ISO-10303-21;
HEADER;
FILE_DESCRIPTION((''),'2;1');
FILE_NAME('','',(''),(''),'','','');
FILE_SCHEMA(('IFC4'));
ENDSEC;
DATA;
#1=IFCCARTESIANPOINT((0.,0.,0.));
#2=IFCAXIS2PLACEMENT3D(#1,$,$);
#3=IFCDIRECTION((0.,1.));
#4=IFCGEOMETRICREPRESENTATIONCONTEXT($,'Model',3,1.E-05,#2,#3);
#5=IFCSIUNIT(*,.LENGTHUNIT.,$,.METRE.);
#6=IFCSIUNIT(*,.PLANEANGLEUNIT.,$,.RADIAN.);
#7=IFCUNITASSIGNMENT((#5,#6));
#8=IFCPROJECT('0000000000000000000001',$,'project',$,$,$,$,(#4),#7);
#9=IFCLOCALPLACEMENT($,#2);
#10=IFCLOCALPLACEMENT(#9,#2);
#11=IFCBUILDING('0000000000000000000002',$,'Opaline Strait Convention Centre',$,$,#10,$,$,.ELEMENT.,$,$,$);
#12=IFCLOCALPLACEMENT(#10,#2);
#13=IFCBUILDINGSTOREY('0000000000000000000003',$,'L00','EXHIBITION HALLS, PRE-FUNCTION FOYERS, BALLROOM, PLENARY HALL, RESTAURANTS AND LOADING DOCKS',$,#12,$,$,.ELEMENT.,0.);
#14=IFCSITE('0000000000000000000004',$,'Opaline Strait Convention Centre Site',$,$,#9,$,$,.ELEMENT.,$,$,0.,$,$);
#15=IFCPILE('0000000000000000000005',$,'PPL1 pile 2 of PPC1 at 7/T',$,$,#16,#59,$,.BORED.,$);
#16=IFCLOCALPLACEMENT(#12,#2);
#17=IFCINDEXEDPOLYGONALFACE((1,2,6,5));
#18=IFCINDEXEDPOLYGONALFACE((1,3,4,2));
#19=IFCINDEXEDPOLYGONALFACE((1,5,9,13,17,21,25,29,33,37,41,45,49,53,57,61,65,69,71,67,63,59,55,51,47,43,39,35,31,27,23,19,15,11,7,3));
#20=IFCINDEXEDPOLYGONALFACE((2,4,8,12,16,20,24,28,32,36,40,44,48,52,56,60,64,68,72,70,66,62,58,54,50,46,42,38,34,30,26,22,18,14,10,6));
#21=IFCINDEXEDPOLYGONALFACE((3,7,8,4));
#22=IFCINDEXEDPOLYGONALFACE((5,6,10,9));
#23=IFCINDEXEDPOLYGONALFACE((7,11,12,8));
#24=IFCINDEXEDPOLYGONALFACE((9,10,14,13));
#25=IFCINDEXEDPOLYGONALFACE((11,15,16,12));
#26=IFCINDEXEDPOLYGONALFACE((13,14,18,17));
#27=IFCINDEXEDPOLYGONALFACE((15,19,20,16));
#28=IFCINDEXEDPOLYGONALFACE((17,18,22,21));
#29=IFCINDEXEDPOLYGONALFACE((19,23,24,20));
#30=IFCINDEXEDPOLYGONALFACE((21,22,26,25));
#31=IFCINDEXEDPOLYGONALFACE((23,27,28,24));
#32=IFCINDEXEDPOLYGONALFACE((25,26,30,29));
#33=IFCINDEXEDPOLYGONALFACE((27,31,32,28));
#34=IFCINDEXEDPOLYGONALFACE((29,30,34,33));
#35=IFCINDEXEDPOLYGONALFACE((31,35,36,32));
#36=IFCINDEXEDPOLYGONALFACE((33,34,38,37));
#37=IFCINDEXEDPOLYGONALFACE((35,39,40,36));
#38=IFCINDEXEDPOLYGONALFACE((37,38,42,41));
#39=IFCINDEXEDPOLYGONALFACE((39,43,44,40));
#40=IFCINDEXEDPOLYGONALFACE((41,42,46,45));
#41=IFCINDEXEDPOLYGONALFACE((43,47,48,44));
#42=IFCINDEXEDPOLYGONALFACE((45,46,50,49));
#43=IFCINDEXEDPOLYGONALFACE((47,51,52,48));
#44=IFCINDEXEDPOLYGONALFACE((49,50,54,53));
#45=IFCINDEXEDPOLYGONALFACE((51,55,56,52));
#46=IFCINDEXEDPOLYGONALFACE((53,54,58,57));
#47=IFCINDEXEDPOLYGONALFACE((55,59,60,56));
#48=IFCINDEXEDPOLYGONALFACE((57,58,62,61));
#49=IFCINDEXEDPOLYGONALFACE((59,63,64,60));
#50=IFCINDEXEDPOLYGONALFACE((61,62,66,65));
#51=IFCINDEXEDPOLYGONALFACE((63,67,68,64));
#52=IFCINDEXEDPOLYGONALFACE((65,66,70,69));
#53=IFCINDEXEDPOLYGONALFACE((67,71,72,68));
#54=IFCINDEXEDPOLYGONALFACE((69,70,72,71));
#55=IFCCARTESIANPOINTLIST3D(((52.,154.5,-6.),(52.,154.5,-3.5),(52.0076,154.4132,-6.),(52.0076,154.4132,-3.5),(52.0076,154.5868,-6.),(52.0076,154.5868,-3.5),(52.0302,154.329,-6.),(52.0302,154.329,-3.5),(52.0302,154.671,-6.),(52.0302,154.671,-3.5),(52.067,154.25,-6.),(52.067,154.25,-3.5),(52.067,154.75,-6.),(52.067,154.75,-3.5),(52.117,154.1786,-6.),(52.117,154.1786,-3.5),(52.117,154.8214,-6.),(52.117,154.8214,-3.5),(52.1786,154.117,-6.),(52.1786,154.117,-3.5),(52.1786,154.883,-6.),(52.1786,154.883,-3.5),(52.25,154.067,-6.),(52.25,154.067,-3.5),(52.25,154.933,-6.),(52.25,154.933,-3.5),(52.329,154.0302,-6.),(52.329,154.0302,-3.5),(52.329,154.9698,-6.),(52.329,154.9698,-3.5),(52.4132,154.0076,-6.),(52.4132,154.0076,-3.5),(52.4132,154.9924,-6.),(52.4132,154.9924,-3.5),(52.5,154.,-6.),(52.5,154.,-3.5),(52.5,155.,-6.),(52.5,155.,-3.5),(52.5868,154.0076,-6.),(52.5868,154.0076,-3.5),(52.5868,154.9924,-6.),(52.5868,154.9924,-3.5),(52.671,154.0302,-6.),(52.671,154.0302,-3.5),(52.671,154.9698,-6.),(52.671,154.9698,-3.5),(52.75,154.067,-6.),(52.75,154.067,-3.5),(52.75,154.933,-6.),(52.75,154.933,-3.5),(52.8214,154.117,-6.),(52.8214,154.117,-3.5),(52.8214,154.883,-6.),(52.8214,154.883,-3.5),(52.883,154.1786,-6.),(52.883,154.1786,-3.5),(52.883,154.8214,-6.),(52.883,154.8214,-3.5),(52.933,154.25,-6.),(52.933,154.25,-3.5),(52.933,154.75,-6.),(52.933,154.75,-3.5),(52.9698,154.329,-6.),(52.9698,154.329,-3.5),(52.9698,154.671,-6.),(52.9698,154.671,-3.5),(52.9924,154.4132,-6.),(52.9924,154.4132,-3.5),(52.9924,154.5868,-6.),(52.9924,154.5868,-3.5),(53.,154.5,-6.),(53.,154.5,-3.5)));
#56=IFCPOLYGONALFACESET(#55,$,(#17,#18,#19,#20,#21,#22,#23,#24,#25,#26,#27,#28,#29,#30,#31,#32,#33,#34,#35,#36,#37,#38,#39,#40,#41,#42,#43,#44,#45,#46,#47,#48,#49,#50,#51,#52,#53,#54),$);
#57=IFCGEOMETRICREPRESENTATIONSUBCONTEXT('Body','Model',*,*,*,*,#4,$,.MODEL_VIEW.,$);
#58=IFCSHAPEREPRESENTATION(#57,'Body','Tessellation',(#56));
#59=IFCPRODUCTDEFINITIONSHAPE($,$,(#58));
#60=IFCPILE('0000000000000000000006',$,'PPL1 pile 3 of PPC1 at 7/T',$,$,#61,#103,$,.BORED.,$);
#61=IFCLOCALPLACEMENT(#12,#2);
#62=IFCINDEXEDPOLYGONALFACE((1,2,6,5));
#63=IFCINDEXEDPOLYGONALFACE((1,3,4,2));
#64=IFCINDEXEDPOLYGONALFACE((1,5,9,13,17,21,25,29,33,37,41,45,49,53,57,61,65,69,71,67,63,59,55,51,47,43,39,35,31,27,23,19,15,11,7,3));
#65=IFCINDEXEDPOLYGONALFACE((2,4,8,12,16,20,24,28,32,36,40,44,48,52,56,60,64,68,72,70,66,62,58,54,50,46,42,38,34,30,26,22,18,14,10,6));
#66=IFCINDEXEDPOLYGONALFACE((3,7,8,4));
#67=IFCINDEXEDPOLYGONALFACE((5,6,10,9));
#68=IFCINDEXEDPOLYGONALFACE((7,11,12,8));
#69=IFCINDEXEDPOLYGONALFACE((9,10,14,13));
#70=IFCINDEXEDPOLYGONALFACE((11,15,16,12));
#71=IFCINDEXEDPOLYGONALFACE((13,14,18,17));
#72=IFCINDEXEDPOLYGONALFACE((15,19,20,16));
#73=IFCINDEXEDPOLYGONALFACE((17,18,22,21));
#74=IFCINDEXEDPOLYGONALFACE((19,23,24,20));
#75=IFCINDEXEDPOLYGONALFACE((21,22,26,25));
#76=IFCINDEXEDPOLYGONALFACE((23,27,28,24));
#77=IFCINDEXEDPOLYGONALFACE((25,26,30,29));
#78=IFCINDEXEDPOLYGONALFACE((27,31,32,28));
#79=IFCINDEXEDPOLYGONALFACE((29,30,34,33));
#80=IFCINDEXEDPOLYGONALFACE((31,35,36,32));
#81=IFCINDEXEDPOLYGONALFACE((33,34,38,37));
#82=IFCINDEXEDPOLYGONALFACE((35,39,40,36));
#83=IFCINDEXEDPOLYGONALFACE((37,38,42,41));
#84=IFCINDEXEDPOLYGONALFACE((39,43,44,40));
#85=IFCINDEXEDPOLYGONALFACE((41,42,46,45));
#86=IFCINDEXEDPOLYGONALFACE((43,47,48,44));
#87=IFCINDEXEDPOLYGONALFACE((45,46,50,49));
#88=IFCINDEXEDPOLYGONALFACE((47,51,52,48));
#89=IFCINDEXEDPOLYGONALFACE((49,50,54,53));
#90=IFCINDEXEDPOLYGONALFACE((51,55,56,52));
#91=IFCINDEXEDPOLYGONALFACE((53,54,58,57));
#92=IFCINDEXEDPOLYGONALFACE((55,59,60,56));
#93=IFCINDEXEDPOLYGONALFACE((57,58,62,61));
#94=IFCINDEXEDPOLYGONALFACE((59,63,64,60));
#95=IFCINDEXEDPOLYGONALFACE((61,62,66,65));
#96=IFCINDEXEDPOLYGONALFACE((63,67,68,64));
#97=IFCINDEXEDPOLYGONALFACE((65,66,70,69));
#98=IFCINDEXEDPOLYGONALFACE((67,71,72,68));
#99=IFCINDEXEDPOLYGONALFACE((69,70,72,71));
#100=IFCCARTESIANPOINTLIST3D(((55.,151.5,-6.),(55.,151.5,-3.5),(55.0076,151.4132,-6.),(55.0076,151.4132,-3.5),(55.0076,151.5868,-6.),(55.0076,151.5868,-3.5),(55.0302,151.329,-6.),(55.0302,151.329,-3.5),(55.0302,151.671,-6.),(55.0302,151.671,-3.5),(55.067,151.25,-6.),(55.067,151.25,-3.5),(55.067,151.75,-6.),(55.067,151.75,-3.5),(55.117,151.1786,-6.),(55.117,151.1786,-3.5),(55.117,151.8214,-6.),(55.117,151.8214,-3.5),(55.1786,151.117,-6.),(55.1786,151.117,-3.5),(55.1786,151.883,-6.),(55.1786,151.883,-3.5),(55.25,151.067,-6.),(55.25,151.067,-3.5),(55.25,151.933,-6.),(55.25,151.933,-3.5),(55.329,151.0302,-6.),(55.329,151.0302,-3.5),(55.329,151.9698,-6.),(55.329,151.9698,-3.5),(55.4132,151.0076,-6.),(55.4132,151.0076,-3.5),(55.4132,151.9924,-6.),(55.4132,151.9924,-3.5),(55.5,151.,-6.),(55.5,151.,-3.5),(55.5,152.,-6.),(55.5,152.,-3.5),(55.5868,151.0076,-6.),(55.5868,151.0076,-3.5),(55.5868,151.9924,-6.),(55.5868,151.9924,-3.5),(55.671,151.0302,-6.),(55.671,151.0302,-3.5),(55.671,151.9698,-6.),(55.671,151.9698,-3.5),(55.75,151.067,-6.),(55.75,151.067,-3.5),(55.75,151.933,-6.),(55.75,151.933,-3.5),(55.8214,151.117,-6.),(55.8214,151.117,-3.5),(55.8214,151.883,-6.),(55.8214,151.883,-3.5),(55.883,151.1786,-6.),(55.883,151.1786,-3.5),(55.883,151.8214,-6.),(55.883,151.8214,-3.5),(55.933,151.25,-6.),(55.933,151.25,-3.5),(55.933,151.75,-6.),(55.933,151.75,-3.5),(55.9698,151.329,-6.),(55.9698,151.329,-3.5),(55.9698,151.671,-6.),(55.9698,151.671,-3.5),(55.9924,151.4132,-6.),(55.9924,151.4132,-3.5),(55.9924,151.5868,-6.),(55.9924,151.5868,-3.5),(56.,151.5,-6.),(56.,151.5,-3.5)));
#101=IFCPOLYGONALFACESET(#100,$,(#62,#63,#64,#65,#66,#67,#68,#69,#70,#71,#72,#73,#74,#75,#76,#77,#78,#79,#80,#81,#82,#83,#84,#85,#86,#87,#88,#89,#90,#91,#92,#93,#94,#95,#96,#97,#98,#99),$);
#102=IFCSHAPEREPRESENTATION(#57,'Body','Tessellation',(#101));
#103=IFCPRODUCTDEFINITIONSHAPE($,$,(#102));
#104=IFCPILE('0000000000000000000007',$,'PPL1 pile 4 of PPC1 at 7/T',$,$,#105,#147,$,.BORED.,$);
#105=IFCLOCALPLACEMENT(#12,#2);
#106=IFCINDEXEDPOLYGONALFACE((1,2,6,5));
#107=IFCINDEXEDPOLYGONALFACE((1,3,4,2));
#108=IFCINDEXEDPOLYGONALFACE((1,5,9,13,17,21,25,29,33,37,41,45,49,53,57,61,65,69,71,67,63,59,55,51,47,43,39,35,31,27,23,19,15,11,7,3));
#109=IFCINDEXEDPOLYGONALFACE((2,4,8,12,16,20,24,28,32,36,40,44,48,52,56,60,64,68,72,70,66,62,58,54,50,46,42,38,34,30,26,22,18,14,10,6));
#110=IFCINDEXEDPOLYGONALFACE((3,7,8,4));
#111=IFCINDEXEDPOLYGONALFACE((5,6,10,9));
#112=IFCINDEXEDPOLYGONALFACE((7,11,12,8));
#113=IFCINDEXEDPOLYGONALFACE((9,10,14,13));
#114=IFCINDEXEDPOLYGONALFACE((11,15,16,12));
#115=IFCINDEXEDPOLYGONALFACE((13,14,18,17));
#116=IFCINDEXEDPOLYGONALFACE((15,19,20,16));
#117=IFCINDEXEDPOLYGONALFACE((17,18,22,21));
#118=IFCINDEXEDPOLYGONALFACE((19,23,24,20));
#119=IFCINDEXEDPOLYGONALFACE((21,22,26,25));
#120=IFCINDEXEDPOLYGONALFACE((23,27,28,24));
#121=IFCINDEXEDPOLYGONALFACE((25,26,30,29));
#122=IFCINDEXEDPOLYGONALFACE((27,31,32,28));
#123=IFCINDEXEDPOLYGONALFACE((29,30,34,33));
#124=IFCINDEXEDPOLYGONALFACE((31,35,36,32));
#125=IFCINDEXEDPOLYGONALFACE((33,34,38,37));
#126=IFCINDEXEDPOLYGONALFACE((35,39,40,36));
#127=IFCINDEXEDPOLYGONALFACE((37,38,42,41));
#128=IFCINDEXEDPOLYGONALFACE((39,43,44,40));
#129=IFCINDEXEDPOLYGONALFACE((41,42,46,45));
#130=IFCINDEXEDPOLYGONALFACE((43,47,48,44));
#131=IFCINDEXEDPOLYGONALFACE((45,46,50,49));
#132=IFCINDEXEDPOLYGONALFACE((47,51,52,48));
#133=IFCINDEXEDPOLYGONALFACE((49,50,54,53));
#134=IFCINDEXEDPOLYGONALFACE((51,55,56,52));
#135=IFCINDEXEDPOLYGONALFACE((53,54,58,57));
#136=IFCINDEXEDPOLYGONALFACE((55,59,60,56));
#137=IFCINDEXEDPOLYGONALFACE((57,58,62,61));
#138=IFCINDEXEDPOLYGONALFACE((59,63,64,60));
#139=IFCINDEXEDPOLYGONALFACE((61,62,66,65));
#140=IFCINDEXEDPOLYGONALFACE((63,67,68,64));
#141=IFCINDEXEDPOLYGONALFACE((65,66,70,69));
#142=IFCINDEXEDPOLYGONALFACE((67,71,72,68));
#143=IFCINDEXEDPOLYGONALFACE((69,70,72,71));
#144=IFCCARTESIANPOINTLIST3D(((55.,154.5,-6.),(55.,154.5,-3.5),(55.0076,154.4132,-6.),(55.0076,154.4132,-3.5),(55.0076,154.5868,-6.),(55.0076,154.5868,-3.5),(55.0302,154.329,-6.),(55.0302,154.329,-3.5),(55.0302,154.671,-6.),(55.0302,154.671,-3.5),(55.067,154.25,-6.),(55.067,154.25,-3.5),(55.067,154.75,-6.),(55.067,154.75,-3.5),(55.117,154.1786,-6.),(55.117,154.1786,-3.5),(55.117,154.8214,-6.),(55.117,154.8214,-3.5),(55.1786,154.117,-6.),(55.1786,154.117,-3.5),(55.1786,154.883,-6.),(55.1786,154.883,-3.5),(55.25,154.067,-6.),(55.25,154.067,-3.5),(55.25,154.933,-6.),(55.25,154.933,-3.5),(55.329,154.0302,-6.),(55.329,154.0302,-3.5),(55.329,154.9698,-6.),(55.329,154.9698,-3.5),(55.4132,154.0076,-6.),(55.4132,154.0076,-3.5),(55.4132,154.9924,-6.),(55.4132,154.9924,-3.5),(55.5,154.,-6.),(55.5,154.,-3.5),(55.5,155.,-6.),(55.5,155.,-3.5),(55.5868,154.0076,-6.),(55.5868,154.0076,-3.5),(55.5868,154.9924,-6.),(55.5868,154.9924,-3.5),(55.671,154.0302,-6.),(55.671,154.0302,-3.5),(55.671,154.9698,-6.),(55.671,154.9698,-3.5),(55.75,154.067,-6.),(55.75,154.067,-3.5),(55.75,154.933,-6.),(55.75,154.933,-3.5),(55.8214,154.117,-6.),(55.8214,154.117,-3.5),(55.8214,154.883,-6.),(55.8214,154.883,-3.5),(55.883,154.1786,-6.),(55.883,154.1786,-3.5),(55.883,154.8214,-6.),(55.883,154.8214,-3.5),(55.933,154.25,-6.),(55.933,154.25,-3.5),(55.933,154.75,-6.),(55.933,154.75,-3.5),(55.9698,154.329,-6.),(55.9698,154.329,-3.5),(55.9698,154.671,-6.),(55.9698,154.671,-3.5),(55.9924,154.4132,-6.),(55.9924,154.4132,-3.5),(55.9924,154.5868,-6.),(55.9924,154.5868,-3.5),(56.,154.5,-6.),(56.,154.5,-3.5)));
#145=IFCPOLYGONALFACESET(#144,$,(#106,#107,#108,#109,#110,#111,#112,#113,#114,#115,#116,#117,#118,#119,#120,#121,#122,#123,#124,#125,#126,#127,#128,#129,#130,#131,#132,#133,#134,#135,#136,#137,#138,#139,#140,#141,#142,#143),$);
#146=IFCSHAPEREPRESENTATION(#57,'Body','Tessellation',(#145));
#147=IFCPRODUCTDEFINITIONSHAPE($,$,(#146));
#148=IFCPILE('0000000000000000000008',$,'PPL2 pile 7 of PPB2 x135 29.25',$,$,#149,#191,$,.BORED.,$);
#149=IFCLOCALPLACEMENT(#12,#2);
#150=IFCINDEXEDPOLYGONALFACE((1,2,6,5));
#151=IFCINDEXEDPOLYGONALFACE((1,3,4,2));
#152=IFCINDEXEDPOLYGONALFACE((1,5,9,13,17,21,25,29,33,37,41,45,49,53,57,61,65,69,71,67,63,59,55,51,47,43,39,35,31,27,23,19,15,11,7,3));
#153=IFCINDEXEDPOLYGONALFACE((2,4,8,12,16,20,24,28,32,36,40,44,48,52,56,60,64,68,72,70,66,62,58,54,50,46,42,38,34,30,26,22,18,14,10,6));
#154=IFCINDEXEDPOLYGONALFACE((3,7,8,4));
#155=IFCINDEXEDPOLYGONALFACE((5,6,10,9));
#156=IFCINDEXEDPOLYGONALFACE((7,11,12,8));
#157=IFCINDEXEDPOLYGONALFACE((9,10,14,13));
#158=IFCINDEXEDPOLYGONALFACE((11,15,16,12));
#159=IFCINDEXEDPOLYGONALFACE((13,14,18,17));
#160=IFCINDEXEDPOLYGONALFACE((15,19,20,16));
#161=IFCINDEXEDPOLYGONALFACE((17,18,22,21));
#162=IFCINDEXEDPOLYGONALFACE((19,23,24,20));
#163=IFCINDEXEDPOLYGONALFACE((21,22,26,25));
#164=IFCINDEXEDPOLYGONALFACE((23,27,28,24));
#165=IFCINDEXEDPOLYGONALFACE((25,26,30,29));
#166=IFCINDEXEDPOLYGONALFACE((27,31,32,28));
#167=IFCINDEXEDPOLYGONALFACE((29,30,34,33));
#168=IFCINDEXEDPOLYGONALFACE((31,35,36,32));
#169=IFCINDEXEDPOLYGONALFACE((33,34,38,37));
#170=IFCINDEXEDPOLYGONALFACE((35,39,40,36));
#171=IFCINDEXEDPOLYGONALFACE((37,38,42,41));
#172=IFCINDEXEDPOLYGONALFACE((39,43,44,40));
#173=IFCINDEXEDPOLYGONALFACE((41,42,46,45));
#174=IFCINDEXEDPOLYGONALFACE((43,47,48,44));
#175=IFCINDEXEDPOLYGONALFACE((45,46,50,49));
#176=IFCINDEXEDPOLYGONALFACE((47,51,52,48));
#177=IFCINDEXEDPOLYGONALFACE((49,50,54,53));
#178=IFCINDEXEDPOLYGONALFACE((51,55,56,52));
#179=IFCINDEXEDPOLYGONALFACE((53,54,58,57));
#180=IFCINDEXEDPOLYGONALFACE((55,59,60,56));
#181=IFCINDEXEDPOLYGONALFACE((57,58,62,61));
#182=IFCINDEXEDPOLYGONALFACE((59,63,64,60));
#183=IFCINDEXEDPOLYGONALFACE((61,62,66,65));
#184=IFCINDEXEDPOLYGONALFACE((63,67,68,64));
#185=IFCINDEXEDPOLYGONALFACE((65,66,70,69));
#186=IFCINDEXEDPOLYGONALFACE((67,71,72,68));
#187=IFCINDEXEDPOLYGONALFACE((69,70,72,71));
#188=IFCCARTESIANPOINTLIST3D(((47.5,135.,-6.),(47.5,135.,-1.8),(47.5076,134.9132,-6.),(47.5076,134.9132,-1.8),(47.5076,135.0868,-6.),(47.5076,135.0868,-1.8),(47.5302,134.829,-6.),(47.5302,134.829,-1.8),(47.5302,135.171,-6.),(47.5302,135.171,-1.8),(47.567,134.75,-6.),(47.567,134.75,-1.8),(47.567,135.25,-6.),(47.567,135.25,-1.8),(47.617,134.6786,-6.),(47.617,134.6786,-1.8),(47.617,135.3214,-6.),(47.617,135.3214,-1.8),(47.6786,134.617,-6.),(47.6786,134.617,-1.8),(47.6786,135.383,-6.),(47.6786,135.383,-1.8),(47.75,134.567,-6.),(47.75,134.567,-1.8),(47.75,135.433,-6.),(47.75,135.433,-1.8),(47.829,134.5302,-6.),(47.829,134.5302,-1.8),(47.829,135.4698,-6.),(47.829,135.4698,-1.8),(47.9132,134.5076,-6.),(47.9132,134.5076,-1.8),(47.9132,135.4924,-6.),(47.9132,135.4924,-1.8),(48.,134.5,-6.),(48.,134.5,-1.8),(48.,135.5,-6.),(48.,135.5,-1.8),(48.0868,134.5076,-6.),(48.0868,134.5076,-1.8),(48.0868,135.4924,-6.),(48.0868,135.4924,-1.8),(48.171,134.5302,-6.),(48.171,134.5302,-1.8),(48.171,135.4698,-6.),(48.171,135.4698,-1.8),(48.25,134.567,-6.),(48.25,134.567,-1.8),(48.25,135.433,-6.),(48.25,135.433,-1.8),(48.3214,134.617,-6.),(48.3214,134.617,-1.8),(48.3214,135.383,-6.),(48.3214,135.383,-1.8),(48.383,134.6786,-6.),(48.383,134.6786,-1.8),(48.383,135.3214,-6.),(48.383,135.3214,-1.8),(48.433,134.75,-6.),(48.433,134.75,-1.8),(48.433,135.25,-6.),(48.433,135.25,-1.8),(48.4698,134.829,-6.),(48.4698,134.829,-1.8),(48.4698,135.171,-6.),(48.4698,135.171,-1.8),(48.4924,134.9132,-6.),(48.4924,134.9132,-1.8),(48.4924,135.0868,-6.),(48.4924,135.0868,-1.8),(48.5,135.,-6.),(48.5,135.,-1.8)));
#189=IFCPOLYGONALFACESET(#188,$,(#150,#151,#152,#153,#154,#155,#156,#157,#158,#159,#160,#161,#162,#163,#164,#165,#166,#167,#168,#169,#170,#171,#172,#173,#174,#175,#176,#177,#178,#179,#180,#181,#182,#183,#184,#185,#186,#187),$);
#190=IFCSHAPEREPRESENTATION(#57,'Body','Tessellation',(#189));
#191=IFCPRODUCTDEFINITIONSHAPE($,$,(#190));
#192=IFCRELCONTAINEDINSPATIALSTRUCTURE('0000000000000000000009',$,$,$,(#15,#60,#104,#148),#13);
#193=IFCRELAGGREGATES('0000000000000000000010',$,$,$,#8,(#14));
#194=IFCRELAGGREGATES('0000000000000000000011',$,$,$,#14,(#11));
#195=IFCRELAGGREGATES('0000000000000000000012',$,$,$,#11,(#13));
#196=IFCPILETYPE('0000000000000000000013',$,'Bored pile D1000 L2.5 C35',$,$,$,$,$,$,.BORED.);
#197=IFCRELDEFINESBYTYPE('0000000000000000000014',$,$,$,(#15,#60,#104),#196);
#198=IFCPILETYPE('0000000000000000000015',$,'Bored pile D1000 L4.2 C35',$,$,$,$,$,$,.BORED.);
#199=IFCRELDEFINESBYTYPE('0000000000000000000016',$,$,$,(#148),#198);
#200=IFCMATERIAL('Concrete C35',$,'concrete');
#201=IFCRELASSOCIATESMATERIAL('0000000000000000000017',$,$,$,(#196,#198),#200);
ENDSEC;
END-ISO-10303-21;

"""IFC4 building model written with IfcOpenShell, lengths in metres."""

from ifc_helpers import new_model, si_unit, direction, frame, origin, origin_2d, place, context, subcontext, project, spatial, circle, extrude, material, material_profile, profile_set, type_object, element, save


model = new_model("IFC4")

# Units and contexts
model_context = context("Model", 3, precision=1e-05, world=origin(), true_north=direction((0.0, 1.0)))
body_context = subcontext(model_context, "Body", "Model", "MODEL_VIEW")
ifc_project = project(units=[si_unit("LENGTHUNIT", "METRE"), si_unit("PLANEANGLEUNIT", "RADIAN")], contexts=[model_context])

# Site, building, storey
site_placement = place(None, origin())
site = spatial("IfcSite", under=ifc_project, at=site_placement, Name="Opaline Strait Convention Centre Site", CompositionType="ELEMENT", RefElevation=0.0)
building_placement = place(site_placement, origin())
building = spatial("IfcBuilding", under=site, at=building_placement, Name="Opaline Strait Convention Centre", CompositionType="ELEMENT")
storey_placement = place(building_placement, origin())
storey = spatial("IfcBuildingStorey", under=building, at=storey_placement, Name="L00", Description="EXHIBITION HALLS, PRE-FUNCTION FOYERS, BALLROOM, PLENARY HALL, RESTAURANTS AND LOADING DOCKS", CompositionType="ELEMENT", Elevation=0.0)

# Piles
ifc_material_1 = material(Name="Concrete C35", Category="concrete")
ifc_material_profile_1 = material_profile(ifc_material_1, circle(Radius=0.5, at=origin_2d()), Name="D1000")
ifc_profile_set_1 = profile_set([ifc_material_profile_1], Name="Concrete C35")
pile_type_1 = type_object("IfcPileType", Name="Bored pile D1000 L2.5 C35", PredefinedType="BORED", material=ifc_profile_set_1)
for number, where, z_axis, x_axis, name in (
    (1, (52.5, 154.5, -3.5), (0.0, 0.0, -1.0), (1.0, 0.0, 0.0), "PPL1 pile 2 of PPC1 at 7/T"),
    (2, (55.5, 151.5, -3.5), (0.0, 0.0, -1.0), (1.0, 0.0, 0.0), "PPL1 pile 3 of PPC1 at 7/T"),
    (3, (55.5, 154.5, -3.5), (0.0, 0.0, -1.0), (1.0, 0.0, 0.0), "PPL1 pile 4 of PPC1 at 7/T"),
):
    element("IfcPile", number, at=place(storey_placement, frame(where, z_axis=z_axis, x_axis=x_axis)), inside=storey, type_object=pile_type_1, Name=name, PredefinedType="BORED", context=body_context, shape_type="SweptSolid", body=[
        extrude(circle(Radius=0.5, at=origin_2d()), origin(), (0.0, 0.0, 1.0), 2.5),
    ])
ifc_material_profile_2 = material_profile(ifc_material_1, circle(Radius=0.5, at=origin_2d()), Name="D1000")
ifc_profile_set_2 = profile_set([ifc_material_profile_2], Name="Concrete C35")
pile_type_2 = type_object("IfcPileType", Name="Bored pile D1000 L4.2 C35", PredefinedType="BORED", material=ifc_profile_set_2)
for number, where, z_axis, x_axis, name in (
    (4, (48.0, 135.0, -1.8), (0.0, 0.0, -1.0), (1.0, 0.0, 0.0), "PPL2 pile 7 of PPB2 x135 29.25"),
):
    element("IfcPile", number, at=place(storey_placement, frame(where, z_axis=z_axis, x_axis=x_axis)), inside=storey, type_object=pile_type_2, Name=name, PredefinedType="BORED", context=body_context, shape_type="SweptSolid", body=[
        extrude(circle(Radius=0.5, at=origin_2d()), origin(), (0.0, 0.0, 1.0), 4.2),
    ])

save(model, "model.ifc")
